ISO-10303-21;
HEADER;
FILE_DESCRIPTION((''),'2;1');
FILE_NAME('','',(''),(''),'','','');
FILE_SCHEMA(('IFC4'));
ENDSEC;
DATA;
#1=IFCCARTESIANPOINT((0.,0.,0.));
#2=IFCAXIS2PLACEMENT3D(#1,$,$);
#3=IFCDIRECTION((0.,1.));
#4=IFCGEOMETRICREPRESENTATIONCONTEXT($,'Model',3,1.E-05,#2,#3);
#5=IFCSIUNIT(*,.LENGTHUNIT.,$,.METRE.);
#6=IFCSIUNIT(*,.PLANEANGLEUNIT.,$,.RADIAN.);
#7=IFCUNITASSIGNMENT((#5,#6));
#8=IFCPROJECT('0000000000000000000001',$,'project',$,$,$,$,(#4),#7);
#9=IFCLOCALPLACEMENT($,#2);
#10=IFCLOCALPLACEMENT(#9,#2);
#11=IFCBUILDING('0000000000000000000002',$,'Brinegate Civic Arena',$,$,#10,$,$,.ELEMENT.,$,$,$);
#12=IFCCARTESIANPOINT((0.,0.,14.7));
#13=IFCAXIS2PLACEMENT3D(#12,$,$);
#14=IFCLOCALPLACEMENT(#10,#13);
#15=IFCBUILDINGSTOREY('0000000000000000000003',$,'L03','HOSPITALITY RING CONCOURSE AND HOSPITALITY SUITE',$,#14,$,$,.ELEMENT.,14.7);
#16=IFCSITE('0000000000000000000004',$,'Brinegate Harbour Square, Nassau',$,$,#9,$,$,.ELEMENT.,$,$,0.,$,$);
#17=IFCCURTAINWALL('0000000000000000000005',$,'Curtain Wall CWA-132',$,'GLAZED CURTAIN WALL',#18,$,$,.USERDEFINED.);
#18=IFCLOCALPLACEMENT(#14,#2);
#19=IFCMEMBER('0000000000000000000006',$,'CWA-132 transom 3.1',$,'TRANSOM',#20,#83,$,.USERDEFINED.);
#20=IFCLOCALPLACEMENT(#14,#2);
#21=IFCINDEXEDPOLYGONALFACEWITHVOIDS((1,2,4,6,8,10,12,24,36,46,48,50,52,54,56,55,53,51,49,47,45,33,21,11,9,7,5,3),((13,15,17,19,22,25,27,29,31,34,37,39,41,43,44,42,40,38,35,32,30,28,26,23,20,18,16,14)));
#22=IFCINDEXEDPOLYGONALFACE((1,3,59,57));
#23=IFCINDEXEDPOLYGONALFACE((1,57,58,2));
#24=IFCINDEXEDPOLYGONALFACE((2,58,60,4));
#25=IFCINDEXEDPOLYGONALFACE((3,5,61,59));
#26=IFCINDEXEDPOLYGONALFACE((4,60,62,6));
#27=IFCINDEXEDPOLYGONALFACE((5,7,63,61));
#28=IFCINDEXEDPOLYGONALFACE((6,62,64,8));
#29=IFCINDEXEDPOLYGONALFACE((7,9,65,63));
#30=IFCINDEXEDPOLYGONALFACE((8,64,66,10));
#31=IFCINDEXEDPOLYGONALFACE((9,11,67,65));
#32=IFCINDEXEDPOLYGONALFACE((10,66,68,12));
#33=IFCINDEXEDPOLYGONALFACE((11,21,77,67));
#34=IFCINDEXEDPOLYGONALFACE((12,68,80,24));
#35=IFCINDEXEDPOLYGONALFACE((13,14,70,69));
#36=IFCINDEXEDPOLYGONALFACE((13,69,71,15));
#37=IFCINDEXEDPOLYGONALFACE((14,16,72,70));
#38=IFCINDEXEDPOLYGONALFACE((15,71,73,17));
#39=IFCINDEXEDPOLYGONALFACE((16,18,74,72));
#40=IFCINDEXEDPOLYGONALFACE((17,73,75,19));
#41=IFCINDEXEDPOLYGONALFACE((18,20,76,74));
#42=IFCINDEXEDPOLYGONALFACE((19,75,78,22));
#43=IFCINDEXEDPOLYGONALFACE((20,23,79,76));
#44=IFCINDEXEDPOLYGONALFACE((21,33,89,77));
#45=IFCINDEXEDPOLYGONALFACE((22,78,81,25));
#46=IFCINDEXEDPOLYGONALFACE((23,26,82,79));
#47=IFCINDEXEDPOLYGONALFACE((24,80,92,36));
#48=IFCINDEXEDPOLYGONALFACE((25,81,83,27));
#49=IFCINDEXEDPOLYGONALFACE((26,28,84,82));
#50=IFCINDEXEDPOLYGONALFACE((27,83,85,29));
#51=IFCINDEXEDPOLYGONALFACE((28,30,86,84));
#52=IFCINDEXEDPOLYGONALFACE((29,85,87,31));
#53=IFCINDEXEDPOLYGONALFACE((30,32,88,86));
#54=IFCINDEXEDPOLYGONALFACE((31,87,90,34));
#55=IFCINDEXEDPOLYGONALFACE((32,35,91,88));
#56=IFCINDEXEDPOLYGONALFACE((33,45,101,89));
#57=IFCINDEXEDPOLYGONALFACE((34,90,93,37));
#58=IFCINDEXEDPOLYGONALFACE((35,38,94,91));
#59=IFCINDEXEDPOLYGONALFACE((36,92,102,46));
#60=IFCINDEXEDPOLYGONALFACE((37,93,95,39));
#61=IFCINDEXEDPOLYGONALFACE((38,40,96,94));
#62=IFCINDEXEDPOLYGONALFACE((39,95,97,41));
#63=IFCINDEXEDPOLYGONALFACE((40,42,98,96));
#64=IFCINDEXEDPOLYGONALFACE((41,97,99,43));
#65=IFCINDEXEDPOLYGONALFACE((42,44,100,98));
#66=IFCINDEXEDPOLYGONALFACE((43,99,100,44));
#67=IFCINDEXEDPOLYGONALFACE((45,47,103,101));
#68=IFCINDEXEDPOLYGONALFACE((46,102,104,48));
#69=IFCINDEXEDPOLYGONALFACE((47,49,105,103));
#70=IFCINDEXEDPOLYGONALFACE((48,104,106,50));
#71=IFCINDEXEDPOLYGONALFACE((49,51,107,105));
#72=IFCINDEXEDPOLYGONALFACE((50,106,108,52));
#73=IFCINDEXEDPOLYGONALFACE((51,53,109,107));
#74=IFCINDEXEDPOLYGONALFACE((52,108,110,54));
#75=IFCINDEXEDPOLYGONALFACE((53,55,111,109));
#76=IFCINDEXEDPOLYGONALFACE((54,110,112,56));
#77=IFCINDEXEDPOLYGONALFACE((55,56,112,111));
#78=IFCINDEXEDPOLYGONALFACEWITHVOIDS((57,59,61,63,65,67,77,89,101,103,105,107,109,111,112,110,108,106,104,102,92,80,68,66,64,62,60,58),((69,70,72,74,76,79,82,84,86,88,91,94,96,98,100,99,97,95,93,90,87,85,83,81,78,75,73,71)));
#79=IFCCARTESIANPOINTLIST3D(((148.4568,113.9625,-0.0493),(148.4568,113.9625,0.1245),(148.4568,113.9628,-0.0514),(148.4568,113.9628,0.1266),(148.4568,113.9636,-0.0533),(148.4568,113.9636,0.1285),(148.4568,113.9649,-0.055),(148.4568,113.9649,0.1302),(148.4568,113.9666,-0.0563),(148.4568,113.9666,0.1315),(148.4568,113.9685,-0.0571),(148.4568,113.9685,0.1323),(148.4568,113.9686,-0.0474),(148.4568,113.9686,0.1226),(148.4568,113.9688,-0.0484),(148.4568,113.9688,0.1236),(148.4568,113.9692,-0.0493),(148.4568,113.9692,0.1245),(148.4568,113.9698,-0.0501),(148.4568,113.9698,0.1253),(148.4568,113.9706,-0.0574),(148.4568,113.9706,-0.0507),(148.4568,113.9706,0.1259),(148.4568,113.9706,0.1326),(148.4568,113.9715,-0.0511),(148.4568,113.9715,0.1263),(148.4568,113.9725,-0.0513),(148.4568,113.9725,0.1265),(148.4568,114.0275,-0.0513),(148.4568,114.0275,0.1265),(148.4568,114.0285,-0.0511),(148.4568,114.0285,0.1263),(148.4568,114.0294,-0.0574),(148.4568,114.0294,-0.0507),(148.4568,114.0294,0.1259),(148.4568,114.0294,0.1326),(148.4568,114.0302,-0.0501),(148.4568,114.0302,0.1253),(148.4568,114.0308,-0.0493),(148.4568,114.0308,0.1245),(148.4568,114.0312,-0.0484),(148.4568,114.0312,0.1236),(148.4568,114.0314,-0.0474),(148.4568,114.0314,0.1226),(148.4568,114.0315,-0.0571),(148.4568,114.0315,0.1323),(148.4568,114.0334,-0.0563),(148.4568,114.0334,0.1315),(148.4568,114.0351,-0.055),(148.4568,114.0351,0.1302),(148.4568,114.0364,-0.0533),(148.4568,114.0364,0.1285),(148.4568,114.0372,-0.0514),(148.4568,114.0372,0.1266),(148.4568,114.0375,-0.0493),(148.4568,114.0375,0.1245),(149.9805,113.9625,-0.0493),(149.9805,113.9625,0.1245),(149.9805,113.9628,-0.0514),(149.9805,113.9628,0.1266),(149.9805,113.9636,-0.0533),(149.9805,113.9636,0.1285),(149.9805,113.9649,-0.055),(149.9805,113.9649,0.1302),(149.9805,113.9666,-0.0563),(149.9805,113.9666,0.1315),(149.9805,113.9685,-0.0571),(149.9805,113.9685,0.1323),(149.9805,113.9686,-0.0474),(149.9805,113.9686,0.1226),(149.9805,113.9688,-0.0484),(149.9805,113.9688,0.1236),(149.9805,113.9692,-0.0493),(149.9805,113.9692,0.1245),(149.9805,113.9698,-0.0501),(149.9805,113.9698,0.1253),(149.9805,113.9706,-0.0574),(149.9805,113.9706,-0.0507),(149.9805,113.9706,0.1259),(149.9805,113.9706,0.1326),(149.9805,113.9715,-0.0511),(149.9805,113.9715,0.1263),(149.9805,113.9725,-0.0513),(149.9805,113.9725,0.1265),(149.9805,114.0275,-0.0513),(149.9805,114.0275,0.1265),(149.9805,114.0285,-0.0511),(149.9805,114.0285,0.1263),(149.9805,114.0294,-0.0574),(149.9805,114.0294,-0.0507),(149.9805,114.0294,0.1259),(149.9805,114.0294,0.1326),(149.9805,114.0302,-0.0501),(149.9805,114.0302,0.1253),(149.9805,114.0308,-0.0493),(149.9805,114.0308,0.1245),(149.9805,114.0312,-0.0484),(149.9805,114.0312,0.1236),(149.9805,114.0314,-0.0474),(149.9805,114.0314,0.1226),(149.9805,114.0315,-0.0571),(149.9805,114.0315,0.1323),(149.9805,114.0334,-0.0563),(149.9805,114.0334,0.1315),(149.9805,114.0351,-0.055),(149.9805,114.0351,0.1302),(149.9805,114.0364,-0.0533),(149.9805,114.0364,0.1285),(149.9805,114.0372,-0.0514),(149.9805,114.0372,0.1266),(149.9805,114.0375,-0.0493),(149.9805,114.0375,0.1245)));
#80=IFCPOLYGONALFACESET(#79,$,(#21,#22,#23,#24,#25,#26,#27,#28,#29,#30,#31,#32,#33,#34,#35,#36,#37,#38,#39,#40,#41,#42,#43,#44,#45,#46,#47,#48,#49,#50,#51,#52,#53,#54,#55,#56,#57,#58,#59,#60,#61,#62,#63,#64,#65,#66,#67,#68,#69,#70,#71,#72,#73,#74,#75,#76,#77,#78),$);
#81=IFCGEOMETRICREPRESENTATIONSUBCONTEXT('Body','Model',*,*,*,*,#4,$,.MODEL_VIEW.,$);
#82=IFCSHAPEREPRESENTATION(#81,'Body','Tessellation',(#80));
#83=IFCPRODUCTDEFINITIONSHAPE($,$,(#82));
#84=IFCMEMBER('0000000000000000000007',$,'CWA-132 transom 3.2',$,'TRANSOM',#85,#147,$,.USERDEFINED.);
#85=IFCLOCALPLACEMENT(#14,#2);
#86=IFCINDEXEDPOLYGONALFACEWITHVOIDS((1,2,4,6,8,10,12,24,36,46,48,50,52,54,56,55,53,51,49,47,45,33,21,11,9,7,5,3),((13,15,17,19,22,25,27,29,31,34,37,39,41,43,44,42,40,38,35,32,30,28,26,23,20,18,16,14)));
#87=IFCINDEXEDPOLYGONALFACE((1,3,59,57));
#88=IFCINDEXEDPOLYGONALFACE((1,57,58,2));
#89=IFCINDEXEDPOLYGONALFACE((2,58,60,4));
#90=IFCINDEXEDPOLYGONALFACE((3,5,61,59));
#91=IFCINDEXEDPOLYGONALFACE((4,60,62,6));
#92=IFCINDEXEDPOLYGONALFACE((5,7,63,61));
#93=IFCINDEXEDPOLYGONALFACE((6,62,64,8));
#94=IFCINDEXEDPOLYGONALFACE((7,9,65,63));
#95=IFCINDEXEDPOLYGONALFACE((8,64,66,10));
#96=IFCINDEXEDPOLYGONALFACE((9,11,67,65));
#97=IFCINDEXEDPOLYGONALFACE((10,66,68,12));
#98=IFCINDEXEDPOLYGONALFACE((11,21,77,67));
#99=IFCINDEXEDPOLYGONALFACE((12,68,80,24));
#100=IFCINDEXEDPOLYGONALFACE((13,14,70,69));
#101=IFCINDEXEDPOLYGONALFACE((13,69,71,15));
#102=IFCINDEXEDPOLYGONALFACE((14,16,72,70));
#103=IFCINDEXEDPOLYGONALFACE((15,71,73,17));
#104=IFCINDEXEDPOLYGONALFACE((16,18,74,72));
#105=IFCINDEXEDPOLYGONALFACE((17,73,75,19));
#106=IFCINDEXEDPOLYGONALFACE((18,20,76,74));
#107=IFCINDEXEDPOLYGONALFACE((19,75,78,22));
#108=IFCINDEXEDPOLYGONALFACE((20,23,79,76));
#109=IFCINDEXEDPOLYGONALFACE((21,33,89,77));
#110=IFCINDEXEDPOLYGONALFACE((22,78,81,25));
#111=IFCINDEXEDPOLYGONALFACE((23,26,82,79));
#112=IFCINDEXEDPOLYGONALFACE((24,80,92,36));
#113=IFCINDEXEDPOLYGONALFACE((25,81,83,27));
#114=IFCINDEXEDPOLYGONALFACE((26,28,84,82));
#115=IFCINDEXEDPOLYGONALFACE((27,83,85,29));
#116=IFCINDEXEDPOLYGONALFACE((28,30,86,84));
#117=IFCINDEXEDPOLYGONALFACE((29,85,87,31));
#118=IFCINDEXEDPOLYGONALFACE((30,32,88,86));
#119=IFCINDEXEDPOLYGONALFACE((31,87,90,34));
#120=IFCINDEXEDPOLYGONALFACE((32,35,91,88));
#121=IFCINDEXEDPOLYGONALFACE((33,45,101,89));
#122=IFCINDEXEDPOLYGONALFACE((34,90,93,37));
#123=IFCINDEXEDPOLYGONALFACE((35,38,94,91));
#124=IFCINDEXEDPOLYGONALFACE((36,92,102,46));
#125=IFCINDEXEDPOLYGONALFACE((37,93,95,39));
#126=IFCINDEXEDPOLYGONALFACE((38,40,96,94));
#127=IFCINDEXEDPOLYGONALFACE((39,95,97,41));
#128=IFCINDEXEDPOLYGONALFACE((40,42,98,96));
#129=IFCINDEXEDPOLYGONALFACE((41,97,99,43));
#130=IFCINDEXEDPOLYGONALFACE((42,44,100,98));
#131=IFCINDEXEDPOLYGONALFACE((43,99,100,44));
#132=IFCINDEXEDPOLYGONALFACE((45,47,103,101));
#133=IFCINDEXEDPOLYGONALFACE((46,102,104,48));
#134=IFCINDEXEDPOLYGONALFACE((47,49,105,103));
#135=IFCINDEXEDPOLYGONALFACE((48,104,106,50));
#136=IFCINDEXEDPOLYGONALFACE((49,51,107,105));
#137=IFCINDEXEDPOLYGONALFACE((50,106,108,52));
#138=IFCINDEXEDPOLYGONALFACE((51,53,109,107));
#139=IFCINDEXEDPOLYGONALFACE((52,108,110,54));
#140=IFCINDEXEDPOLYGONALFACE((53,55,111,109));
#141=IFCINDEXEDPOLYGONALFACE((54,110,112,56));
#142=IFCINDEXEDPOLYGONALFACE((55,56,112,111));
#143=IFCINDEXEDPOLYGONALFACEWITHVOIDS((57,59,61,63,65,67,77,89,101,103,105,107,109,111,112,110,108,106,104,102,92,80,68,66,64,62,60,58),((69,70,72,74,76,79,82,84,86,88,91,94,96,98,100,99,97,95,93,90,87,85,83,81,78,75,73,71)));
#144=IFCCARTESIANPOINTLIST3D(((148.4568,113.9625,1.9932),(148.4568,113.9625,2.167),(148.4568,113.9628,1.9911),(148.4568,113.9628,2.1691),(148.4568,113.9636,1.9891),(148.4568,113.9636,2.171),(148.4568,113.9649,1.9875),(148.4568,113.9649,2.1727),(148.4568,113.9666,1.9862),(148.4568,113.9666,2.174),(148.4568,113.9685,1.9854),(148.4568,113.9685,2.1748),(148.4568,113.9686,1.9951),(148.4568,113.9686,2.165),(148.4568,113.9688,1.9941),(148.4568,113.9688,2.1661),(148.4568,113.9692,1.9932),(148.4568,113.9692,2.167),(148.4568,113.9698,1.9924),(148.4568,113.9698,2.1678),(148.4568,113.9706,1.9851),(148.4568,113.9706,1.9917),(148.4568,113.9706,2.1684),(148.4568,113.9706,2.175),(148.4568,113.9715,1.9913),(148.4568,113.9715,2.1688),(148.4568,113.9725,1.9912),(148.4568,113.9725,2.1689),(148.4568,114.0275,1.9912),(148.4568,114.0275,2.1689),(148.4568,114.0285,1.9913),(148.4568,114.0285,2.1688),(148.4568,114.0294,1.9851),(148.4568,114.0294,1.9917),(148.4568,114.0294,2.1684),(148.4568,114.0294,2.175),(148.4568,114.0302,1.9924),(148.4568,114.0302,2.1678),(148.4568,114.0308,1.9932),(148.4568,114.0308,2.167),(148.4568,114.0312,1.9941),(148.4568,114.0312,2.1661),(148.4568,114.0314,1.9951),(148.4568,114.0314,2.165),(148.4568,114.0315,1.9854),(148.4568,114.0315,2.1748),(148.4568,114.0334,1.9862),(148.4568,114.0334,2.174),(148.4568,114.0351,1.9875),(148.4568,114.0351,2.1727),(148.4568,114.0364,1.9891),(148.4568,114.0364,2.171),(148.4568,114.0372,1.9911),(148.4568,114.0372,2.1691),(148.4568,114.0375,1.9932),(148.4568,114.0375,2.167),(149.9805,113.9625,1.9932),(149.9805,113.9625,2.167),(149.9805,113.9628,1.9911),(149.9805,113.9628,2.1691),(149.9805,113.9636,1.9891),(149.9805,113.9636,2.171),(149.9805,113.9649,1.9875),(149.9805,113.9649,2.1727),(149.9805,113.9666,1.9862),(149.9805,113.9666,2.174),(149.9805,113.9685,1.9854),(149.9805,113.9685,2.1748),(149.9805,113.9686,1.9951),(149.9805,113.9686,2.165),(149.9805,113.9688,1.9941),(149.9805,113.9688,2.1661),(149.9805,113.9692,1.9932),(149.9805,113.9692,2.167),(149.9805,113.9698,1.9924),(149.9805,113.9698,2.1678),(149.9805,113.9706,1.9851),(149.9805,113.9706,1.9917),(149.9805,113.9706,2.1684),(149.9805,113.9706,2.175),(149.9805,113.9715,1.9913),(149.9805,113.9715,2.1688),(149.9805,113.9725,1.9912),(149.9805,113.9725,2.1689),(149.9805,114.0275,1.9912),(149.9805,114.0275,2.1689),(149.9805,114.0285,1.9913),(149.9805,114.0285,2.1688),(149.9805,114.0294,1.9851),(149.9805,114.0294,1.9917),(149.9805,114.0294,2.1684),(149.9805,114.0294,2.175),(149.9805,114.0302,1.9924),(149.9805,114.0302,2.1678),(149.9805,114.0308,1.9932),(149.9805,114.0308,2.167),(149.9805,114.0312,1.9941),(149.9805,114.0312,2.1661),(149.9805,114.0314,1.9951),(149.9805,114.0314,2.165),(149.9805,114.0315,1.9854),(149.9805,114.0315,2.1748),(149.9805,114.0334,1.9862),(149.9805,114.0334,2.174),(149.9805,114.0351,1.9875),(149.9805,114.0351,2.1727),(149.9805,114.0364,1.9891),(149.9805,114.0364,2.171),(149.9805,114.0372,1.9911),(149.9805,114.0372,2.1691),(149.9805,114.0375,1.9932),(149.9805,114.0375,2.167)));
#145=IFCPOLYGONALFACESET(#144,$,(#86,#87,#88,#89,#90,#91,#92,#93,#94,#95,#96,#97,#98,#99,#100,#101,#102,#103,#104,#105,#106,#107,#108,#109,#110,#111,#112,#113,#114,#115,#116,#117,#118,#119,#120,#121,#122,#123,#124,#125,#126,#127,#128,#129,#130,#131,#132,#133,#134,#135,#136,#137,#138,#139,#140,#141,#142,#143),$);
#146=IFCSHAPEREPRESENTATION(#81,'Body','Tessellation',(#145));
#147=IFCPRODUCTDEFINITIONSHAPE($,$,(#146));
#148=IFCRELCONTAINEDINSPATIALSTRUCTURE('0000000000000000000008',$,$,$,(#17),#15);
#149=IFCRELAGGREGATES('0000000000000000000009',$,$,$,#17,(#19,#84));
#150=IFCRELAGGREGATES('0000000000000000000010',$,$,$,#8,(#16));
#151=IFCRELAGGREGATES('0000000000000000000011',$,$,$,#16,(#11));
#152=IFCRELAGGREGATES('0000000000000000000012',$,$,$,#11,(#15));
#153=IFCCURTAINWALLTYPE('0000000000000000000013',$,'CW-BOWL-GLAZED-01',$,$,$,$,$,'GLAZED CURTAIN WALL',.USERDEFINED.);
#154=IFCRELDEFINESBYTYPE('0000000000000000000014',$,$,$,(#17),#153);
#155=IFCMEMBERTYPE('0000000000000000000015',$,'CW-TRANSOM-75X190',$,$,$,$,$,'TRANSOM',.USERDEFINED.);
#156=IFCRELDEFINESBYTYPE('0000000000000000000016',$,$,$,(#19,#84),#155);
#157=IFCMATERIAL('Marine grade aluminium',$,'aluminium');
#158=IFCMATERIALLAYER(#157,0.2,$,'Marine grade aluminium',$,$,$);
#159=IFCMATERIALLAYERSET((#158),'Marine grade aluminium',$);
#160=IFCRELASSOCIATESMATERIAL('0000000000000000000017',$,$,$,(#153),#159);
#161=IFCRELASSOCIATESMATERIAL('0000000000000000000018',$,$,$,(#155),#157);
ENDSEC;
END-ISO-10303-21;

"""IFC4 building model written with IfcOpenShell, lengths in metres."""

from ifc_helpers import new_model, si_unit, direction, frame, origin, origin_2d, place, context, subcontext, project, spatial, hollow_rectangle, extrude, material, layer, layer_set, material_profile, profile_set, type_object, element, aggregate, save


model = new_model("IFC4")

# Units and contexts
model_context = context("Model", 3, precision=1e-05, world=origin(), true_north=direction((0.0, 1.0)))
body_context = subcontext(model_context, "Body", "Model", "MODEL_VIEW")
ifc_project = project(units=[si_unit("LENGTHUNIT", "METRE"), si_unit("PLANEANGLEUNIT", "RADIAN")], contexts=[model_context])

# Site, building, storey
site_placement = place(None, origin())
site = spatial("IfcSite", under=ifc_project, at=site_placement, Name="Brinegate Harbour Square, Nassau", CompositionType="ELEMENT", RefElevation=0.0)
building_placement = place(site_placement, origin())
building = spatial("IfcBuilding", under=site, at=building_placement, Name="Brinegate Civic Arena", CompositionType="ELEMENT")
storey_placement = place(building_placement, frame((0.0, 0.0, 14.7)))
storey = spatial("IfcBuildingStorey", under=building, at=storey_placement, Name="L03", Description="HOSPITALITY RING CONCOURSE AND HOSPITALITY SUITE", CompositionType="ELEMENT", Elevation=14.7)

# Curtain wall
ifc_material_1 = material(Name="Marine grade aluminium", Category="aluminium")
ifc_layer_1 = layer(ifc_material_1, 0.2, Name="Marine grade aluminium")
ifc_layer_set_1 = layer_set([ifc_layer_1], Name="Marine grade aluminium")
curtain_wall_type_1 = type_object("IfcCurtainWallType", Name="CW-BOWL-GLAZED-01", ElementType="GLAZED CURTAIN WALL", PredefinedType="USERDEFINED", material=ifc_layer_set_1)
curtain_wall_1_placement = place(storey_placement, origin())
curtain_wall_1 = element("IfcCurtainWall", 1, at=curtain_wall_1_placement, inside=storey, type_object=curtain_wall_type_1, Name="Curtain Wall CWA-132", ObjectType="GLAZED CURTAIN WALL", PredefinedType="USERDEFINED")

# Members
ifc_material_profile_1 = material_profile(ifc_material_1, hollow_rectangle(XDim=0.075, YDim=0.1899, WallThickness=0.0061, InnerFilletRadius=0.0039, OuterFilletRadius=0.0081, at=origin_2d()), Name="TRN75X190")
ifc_profile_set_1 = profile_set([ifc_material_profile_1], Name="Marine grade aluminium")
member_type_1 = type_object("IfcMemberType", Name="CW-TRANSOM-75X190", ElementType="TRANSOM", PredefinedType="USERDEFINED", material=ifc_profile_set_1)
member_1_placement = place(storey_placement, frame((148.4568, 114.0, 0.0376), z_axis=(1.0, 0.0, 0.0), x_axis=(0.0, 1.0, 0.0)))
member_1 = element("IfcMember", 2, at=member_1_placement, type_object=member_type_1, Name="CWA-132 transom 3.1", ObjectType="TRANSOM", PredefinedType="USERDEFINED", context=body_context, shape_type="SweptSolid", body=[
    extrude(hollow_rectangle(XDim=0.075, YDim=0.1899, WallThickness=0.0061, InnerFilletRadius=0.0039, OuterFilletRadius=0.0081, at=origin_2d()), origin(), (0.0, 0.0, 1.0), 1.5237),
])
member_2_placement = place(storey_placement, frame((148.4568, 114.0, 2.0801), z_axis=(1.0, 0.0, 0.0), x_axis=(0.0, 1.0, 0.0)))
member_2 = element("IfcMember", 3, at=member_2_placement, type_object=member_type_1, Name="CWA-132 transom 3.2", ObjectType="TRANSOM", PredefinedType="USERDEFINED", context=body_context, shape_type="SweptSolid", body=[
    extrude(hollow_rectangle(XDim=0.075, YDim=0.1899, WallThickness=0.0061, InnerFilletRadius=0.0039, OuterFilletRadius=0.0081, at=origin_2d()), origin(), (0.0, 0.0, 1.0), 1.5237),
])

aggregate(curtain_wall_1, [member_1, member_2])

save(model, "model.ifc")
